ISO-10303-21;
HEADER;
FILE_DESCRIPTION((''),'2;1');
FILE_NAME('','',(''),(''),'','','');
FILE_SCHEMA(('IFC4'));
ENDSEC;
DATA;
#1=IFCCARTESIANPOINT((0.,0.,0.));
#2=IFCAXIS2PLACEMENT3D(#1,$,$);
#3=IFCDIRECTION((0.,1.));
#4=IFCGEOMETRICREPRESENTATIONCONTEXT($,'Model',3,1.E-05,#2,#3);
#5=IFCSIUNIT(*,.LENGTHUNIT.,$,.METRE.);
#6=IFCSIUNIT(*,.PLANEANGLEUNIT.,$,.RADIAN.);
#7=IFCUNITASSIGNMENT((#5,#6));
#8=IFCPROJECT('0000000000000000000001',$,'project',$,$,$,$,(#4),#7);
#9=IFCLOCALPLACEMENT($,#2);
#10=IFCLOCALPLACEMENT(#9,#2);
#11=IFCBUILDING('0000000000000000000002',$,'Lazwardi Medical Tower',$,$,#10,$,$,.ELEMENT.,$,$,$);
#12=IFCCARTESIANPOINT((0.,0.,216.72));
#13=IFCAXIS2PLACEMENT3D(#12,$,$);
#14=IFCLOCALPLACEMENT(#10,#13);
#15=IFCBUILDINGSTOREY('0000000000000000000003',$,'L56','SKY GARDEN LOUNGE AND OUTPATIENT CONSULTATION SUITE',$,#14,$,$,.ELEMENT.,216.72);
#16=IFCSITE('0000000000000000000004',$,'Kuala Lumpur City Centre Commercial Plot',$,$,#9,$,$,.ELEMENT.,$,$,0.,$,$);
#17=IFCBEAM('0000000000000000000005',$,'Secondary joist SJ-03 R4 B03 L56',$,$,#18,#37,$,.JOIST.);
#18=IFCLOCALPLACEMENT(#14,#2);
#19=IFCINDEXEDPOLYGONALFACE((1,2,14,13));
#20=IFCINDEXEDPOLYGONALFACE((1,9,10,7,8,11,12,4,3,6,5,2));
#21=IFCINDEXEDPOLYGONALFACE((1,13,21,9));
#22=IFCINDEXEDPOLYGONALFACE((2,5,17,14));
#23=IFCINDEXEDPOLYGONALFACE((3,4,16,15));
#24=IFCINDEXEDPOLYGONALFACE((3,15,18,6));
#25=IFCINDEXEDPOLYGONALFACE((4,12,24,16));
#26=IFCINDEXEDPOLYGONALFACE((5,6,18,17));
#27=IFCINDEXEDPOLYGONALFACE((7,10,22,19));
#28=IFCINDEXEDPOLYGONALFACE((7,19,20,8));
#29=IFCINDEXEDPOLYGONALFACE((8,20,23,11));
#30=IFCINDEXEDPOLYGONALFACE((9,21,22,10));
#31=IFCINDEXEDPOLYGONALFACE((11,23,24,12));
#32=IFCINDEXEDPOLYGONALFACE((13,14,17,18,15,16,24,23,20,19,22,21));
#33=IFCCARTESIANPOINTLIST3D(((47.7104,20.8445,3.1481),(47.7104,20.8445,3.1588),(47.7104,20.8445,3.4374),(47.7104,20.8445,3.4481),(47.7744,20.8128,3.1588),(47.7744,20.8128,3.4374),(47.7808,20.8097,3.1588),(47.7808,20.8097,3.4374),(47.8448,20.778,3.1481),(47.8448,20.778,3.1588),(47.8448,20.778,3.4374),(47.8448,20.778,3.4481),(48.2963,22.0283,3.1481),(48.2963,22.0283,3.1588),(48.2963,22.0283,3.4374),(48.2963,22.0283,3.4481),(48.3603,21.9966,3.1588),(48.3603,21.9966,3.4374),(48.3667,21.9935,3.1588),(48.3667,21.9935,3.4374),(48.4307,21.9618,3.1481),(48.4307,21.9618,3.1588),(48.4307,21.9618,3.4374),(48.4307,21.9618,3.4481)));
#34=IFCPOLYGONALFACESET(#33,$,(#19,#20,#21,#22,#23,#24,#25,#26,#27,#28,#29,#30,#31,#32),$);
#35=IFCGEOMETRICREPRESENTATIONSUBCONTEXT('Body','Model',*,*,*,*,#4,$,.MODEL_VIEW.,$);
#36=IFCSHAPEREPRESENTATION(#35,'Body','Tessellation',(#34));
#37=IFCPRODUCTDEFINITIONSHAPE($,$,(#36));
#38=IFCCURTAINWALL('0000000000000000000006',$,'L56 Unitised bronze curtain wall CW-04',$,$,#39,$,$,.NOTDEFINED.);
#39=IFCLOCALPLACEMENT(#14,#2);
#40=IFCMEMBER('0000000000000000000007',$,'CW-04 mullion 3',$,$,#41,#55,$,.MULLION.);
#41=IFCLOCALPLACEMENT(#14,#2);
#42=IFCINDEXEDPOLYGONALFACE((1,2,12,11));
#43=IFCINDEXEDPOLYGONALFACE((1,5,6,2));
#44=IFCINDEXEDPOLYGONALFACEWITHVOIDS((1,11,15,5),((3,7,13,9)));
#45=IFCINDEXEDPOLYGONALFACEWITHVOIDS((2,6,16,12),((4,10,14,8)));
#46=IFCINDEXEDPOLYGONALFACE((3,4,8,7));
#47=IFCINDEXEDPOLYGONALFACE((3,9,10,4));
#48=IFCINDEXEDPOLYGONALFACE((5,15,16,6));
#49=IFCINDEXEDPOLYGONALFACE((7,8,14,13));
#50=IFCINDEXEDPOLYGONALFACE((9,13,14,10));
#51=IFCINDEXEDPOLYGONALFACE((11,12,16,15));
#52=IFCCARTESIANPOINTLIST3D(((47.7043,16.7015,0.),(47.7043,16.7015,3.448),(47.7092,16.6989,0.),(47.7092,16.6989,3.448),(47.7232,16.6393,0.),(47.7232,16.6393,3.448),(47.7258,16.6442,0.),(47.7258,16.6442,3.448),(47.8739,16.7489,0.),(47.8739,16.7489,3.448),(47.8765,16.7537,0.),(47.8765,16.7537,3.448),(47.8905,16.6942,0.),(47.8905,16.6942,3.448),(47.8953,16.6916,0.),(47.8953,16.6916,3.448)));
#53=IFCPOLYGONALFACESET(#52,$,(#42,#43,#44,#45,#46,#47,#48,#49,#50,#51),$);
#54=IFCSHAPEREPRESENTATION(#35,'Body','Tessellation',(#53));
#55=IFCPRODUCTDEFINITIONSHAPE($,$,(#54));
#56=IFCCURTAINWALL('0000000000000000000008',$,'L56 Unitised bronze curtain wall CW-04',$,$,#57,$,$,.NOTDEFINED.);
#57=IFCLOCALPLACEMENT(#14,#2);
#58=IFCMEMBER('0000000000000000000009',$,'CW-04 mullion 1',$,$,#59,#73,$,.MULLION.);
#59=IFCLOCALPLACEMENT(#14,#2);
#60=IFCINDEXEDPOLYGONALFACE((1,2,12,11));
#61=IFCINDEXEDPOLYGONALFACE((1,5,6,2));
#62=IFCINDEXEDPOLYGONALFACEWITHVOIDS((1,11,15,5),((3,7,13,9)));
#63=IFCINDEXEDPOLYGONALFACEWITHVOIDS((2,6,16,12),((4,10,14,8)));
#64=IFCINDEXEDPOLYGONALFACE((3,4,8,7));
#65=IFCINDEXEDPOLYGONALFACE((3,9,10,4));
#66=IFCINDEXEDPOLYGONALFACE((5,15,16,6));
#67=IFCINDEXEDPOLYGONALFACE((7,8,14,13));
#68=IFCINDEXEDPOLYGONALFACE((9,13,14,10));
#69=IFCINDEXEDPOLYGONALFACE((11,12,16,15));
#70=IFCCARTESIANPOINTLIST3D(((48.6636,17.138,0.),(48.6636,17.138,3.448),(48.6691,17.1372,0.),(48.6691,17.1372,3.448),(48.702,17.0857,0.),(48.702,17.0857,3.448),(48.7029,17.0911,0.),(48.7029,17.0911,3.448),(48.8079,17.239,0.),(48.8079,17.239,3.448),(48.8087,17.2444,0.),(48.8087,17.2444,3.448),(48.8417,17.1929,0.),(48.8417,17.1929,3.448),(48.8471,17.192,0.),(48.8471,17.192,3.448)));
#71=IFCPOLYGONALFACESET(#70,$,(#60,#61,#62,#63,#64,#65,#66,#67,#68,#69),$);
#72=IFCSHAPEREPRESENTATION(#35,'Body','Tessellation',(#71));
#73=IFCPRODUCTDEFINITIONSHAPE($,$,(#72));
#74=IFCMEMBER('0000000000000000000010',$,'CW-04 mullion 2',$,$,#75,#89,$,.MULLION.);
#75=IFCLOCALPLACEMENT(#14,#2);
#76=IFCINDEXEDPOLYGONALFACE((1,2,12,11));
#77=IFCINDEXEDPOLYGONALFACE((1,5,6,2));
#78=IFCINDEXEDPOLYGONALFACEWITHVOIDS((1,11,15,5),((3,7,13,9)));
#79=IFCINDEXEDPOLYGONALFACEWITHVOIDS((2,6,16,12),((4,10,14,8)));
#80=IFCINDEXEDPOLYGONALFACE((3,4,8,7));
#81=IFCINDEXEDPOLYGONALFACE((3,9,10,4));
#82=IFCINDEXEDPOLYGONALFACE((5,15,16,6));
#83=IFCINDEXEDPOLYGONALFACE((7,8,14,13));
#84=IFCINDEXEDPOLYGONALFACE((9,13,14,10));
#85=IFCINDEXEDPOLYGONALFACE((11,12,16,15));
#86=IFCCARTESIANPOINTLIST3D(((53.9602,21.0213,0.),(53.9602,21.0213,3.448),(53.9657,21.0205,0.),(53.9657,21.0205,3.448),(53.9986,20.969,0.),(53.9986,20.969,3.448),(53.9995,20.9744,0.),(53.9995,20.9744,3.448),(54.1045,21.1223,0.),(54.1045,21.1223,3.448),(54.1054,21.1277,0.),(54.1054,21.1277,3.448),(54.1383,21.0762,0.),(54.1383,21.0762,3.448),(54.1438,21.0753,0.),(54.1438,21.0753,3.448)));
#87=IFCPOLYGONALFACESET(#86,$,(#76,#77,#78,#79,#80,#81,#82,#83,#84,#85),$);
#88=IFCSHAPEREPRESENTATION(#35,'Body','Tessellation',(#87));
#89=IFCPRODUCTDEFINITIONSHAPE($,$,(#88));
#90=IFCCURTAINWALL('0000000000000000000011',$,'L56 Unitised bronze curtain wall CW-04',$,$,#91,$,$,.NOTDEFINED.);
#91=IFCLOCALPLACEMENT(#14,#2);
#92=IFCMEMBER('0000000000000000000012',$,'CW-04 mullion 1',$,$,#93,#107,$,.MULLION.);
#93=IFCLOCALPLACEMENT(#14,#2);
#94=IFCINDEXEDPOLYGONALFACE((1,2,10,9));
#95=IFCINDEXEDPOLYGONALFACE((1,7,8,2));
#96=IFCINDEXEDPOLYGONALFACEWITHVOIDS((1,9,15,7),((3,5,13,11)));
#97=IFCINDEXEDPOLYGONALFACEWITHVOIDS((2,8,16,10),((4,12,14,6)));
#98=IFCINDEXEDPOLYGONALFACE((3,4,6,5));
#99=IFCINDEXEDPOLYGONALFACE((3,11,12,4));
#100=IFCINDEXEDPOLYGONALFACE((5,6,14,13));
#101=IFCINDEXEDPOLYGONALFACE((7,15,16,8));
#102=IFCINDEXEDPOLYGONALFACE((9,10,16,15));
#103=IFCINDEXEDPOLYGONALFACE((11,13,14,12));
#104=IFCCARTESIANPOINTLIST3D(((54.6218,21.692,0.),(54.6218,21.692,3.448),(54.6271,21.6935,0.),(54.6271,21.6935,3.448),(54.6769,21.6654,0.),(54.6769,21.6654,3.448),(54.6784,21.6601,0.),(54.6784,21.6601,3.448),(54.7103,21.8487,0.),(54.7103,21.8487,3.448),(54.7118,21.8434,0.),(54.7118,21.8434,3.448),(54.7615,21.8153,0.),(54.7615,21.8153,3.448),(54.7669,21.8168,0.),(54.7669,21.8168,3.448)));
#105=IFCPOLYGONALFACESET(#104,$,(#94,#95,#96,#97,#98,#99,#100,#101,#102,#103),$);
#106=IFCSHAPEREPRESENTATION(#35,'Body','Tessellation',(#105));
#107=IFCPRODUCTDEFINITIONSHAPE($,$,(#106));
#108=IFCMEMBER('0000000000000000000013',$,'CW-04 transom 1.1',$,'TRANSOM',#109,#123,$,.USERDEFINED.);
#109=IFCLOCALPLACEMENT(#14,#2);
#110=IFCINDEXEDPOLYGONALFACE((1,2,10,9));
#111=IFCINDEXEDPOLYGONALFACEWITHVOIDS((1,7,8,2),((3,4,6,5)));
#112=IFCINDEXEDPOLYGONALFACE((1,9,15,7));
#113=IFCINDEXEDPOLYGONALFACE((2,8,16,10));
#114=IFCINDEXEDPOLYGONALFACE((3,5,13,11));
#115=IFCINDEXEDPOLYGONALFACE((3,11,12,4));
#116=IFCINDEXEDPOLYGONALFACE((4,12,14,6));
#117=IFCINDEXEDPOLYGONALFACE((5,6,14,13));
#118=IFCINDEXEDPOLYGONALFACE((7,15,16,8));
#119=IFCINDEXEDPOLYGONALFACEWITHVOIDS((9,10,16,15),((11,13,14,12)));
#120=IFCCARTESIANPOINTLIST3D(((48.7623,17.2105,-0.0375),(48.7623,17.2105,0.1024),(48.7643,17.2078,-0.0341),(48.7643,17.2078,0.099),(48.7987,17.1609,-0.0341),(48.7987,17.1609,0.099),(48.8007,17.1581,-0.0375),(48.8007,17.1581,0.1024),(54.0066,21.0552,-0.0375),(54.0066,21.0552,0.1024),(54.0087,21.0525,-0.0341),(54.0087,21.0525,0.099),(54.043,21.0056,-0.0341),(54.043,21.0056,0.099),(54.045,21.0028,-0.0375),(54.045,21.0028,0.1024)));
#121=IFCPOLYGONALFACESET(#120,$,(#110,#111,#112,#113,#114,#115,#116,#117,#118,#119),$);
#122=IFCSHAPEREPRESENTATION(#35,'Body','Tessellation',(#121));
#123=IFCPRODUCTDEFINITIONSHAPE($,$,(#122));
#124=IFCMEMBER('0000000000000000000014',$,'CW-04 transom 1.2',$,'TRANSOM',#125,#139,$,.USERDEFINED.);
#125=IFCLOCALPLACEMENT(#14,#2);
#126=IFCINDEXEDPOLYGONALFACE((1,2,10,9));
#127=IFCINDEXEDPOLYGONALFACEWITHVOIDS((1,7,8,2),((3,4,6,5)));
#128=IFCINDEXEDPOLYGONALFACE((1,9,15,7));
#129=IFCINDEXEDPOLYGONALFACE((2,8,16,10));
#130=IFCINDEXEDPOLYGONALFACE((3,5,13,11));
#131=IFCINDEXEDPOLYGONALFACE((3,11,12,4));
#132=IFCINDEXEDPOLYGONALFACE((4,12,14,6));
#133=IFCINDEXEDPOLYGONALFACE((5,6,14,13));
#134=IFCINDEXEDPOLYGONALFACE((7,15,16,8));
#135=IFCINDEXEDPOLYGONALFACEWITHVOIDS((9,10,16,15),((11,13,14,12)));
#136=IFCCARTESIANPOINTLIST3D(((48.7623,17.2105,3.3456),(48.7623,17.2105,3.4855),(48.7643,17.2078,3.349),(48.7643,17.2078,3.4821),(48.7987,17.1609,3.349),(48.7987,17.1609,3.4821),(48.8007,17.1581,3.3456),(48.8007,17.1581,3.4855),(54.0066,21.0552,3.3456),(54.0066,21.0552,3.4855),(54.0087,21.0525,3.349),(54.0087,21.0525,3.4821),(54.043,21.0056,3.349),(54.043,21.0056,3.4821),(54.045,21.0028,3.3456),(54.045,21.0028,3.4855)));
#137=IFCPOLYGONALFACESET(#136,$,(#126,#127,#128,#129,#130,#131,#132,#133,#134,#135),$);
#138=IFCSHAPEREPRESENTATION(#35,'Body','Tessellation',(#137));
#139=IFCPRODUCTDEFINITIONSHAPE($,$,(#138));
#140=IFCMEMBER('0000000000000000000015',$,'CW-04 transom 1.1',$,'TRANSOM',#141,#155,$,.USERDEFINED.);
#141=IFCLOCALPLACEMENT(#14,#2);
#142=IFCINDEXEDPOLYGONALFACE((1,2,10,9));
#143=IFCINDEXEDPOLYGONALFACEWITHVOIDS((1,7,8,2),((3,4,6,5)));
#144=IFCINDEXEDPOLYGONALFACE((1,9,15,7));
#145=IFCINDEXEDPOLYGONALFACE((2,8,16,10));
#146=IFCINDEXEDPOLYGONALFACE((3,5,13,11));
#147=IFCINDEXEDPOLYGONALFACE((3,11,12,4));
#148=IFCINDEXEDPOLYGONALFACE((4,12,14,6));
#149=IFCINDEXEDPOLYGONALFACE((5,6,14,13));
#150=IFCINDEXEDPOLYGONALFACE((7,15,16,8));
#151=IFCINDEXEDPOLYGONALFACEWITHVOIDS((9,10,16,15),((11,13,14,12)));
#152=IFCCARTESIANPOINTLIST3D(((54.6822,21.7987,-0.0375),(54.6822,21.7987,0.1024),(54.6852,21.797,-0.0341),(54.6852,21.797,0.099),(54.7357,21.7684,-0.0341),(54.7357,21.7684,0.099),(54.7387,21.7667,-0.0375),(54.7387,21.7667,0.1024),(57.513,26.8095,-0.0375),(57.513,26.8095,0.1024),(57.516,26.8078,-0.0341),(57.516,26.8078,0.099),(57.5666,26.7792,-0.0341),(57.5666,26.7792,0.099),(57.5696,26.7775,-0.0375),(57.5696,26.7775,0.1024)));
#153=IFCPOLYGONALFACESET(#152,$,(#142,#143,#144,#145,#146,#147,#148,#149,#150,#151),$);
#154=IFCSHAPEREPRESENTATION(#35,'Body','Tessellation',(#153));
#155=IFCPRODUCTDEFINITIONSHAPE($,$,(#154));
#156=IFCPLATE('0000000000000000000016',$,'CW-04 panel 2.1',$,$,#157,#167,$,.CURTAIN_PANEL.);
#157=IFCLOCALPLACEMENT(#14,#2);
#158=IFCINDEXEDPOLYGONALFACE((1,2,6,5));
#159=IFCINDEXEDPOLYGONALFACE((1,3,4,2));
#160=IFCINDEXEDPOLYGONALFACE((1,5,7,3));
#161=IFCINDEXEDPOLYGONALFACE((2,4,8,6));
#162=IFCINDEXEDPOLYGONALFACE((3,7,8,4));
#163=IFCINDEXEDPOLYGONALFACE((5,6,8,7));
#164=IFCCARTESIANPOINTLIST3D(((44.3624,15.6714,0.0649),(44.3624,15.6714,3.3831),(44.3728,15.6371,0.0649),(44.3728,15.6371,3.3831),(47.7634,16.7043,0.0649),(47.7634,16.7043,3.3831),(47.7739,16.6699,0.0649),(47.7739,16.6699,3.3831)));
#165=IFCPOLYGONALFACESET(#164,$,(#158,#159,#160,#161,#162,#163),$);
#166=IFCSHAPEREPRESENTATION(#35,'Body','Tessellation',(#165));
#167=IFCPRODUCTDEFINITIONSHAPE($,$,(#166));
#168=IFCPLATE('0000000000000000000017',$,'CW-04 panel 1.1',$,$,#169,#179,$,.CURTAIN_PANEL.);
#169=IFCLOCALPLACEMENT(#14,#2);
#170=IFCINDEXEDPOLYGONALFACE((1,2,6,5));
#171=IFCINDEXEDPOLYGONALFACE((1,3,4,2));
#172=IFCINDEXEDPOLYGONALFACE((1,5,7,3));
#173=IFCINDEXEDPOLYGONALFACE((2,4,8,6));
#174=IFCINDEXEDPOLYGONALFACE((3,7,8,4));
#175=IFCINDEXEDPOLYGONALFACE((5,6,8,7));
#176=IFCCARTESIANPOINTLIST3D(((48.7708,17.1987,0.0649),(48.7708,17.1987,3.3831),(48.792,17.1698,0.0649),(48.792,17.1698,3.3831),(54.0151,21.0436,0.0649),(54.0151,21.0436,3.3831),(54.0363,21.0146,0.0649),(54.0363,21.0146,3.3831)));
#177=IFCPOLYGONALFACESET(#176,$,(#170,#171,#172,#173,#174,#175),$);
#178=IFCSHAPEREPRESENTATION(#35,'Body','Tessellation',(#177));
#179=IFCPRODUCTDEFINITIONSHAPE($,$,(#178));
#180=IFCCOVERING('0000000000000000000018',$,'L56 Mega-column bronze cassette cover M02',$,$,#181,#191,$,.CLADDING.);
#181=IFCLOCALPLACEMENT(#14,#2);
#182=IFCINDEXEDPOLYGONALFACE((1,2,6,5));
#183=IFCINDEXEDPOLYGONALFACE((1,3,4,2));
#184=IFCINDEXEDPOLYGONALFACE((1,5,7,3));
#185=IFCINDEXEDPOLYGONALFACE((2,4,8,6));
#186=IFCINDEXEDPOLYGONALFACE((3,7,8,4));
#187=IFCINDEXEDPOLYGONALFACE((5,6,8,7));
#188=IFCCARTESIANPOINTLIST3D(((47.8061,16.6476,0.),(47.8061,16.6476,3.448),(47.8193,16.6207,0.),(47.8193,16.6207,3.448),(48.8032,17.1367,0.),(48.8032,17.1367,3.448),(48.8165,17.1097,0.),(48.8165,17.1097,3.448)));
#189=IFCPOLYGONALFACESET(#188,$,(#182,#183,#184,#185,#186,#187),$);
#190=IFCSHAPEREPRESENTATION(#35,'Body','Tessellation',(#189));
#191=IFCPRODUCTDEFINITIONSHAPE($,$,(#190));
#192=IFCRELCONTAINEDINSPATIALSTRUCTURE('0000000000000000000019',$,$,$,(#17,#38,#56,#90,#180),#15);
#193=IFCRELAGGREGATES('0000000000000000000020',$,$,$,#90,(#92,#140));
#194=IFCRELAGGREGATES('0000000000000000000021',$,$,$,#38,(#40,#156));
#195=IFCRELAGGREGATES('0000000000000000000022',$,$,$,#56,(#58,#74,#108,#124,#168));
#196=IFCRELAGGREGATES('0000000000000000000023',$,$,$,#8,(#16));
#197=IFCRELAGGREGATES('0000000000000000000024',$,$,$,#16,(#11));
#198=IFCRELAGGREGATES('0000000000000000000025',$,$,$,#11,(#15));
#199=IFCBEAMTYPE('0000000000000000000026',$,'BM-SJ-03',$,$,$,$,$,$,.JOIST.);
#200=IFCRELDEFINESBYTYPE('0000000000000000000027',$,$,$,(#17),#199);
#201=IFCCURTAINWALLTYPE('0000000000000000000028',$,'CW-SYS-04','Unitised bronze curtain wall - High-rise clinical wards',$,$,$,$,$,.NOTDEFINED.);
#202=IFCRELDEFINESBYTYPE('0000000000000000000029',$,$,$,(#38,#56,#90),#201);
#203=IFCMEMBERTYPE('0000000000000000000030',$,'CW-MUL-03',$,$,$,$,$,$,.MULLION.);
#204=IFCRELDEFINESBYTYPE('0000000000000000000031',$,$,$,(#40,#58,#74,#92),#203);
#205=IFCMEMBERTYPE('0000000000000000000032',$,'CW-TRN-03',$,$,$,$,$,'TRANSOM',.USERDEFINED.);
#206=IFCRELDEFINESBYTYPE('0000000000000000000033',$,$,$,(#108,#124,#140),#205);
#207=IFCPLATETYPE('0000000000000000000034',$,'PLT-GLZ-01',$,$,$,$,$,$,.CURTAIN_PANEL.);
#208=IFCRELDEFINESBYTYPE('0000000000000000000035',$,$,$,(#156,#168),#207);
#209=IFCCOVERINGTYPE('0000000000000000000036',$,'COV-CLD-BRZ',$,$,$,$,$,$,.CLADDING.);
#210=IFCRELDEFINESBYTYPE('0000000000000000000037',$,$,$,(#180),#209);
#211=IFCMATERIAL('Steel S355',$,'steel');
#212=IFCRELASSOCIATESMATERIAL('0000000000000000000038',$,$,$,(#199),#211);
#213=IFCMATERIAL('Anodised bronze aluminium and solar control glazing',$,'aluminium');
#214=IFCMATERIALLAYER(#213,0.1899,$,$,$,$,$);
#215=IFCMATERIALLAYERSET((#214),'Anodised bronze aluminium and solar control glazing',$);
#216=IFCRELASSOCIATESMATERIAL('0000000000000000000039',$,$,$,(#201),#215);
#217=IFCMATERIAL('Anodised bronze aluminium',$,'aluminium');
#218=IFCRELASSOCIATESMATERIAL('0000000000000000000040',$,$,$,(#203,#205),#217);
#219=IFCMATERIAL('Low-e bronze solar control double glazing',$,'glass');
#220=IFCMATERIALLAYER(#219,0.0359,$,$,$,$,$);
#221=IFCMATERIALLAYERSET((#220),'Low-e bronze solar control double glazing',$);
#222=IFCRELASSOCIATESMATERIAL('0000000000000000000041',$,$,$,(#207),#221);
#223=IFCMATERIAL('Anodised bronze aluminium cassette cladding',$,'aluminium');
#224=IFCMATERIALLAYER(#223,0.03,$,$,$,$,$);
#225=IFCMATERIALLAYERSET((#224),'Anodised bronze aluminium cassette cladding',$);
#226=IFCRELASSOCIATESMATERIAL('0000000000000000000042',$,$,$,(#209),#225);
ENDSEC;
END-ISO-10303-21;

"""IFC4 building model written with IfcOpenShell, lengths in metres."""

from ifc_helpers import new_model, si_unit, direction, frame, origin, origin_2d, place, context, subcontext, project, spatial, rectangle, hollow_rectangle, i_section, extrude, material, layer, layer_set, material_profile, profile_set, type_object, element, aggregate, save


model = new_model("IFC4")

# Units and contexts
model_context = context("Model", 3, precision=1e-05, world=origin(), true_north=direction((0.0, 1.0)))
body_context = subcontext(model_context, "Body", "Model", "MODEL_VIEW")
ifc_project = project(units=[si_unit("LENGTHUNIT", "METRE"), si_unit("PLANEANGLEUNIT", "RADIAN")], contexts=[model_context])

# Site, building, storey
site_placement = place(None, origin())
site = spatial("IfcSite", under=ifc_project, at=site_placement, Name="Kuala Lumpur City Centre Commercial Plot", CompositionType="ELEMENT", RefElevation=0.0)
building_placement = place(site_placement, origin())
building = spatial("IfcBuilding", under=site, at=building_placement, Name="Lazwardi Medical Tower", CompositionType="ELEMENT")
storey_placement = place(building_placement, frame((0.0, 0.0, 216.72)))
storey = spatial("IfcBuildingStorey", under=building, at=storey_placement, Name="L56", Description="SKY GARDEN LOUNGE AND OUTPATIENT CONSULTATION SUITE", CompositionType="ELEMENT", Elevation=216.72)

# Beam
ifc_material_1 = material(Name="Steel S355", Category="steel")
ifc_material_profile_1 = material_profile(ifc_material_1, i_section(OverallWidth=0.1499, OverallDepth=0.3, WebThickness=0.0071, FlangeThickness=0.0107, at=origin_2d()), Name="IPE 300")
ifc_profile_set_1 = profile_set([ifc_material_profile_1], Name="Steel S355")
beam_type_1 = type_object("IfcBeamType", Name="BM-SJ-03", PredefinedType="JOIST", material=ifc_profile_set_1)
beam_1_placement = place(storey_placement, frame((47.7776, 20.8113, 3.2981), z_axis=(0.443587, 0.896231, 0.0), x_axis=(-0.896231, 0.443587, 0.0)))
element("IfcBeam", 1, at=beam_1_placement, inside=storey, type_object=beam_type_1, Name="Secondary joist SJ-03 R4 B03 L56", PredefinedType="JOIST", context=body_context, shape_type="SweptSolid", body=[
    extrude(i_section(OverallWidth=0.1499, OverallDepth=0.3, WebThickness=0.0071, FlangeThickness=0.0107, at=origin_2d()), origin(), (0.0, 0.0, 1.0), 1.3208),
])

# Curtain wall, member
ifc_material_2 = material(Name="Anodised bronze aluminium and solar control glazing", Category="aluminium")
ifc_layer_1 = layer(ifc_material_2, 0.1899)
ifc_layer_set_1 = layer_set([ifc_layer_1], Name="Anodised bronze aluminium and solar control glazing")
curtain_wall_type = type_object("IfcCurtainWallType", Name="CW-SYS-04", Description="Unitised bronze curtain wall - High-rise clinical wards", PredefinedType="NOTDEFINED", material=ifc_layer_set_1)
curtain_wall_1_placement = place(storey_placement, origin())
curtain_wall_1 = element("IfcCurtainWall", 2, at=curtain_wall_1_placement, inside=storey, type_object=curtain_wall_type, Name="L56 Unitised bronze curtain wall CW-04", PredefinedType="NOTDEFINED")
ifc_material_3 = material(Name="Anodised bronze aluminium", Category="aluminium")
ifc_material_profile_2 = material_profile(ifc_material_3, hollow_rectangle(XDim=0.0649, YDim=0.1799, WallThickness=0.0039, at=origin_2d()), Name="ALU-MULLION 180x65x4")
ifc_profile_set_2 = profile_set([ifc_material_profile_2], Name="Anodised bronze aluminium")
member_type_1 = type_object("IfcMemberType", Name="CW-MUL-03", PredefinedType="MULLION", material=ifc_profile_set_2)
member_1_placement = place(storey_placement, frame((47.7998, 16.6965, 0.0), z_axis=(0.0, 0.0, 1.0), x_axis=(-0.290582, 0.95685, 0.0)))
member_1 = element("IfcMember", 3, at=member_1_placement, type_object=member_type_1, Name="CW-04 mullion 3", PredefinedType="MULLION", context=body_context, shape_type="SweptSolid", body=[
    extrude(hollow_rectangle(XDim=0.0649, YDim=0.1799, WallThickness=0.0039, at=origin_2d()), origin(), (0.0, 0.0, 1.0), 3.448),
])

# Curtain wall, members
curtain_wall_2_placement = place(storey_placement, origin())
curtain_wall_2 = element("IfcCurtainWall", 4, at=curtain_wall_2_placement, inside=storey, type_object=curtain_wall_type, Name="L56 Unitised bronze curtain wall CW-04", PredefinedType="NOTDEFINED")
member_2_placement = place(storey_placement, frame((48.7554, 17.165, 0.0), z_axis=(0.0, 0.0, 1.0), x_axis=(-0.591268, 0.806475, 0.0)))
member_2 = element("IfcMember", 5, at=member_2_placement, type_object=member_type_1, Name="CW-04 mullion 1", PredefinedType="MULLION", context=body_context, shape_type="SweptSolid", body=[
    extrude(hollow_rectangle(XDim=0.0649, YDim=0.1799, WallThickness=0.0039, at=origin_2d()), origin(), (0.0, 0.0, 1.0), 3.448),
])
member_3_placement = place(storey_placement, frame((54.052, 21.0483, 0.0), z_axis=(0.0, 0.0, 1.0), x_axis=(-0.591268, 0.806475, 0.0)))
member_3 = element("IfcMember", 6, at=member_3_placement, type_object=member_type_1, Name="CW-04 mullion 2", PredefinedType="MULLION", context=body_context, shape_type="SweptSolid", body=[
    extrude(hollow_rectangle(XDim=0.0649, YDim=0.1799, WallThickness=0.0039, at=origin_2d()), origin(), (0.0, 0.0, 1.0), 3.448),
])

# Curtain wall, member
curtain_wall_3_placement = place(storey_placement, origin())
curtain_wall_3 = element("IfcCurtainWall", 7, at=curtain_wall_3_placement, inside=storey, type_object=curtain_wall_type, Name="L56 Unitised bronze curtain wall CW-04", PredefinedType="NOTDEFINED")
member_4_placement = place(storey_placement, frame((54.6943, 21.7544, 0.0), z_axis=(0.0, 0.0, 1.0), x_axis=(-0.870651, 0.4919, 0.0)))
member_4 = element("IfcMember", 8, at=member_4_placement, type_object=member_type_1, Name="CW-04 mullion 1", PredefinedType="MULLION", context=body_context, shape_type="SweptSolid", body=[
    extrude(hollow_rectangle(XDim=0.0649, YDim=0.1799, WallThickness=0.0039, at=origin_2d()), origin(), (0.0, 0.0, 1.0), 3.448),
])

# Members
ifc_material_profile_3 = material_profile(ifc_material_3, hollow_rectangle(XDim=0.0649, YDim=0.1399, WallThickness=0.0034, at=origin_2d()), Name="ALU-TRANSOM 140x65x3.5")
ifc_profile_set_3 = profile_set([ifc_material_profile_3], Name="Anodised bronze aluminium")
member_type_2 = type_object("IfcMemberType", Name="CW-TRN-03", ElementType="TRANSOM", PredefinedType="USERDEFINED", material=ifc_profile_set_3)
member_5_placement = place(storey_placement, frame((48.7815, 17.1843, 0.0325), z_axis=(0.80649, 0.591248, 0.0), x_axis=(-0.591248, 0.80649, 0.0)))
member_5 = element("IfcMember", 9, at=member_5_placement, type_object=member_type_2, Name="CW-04 transom 1.1", ObjectType="TRANSOM", PredefinedType="USERDEFINED", context=body_context, shape_type="SweptSolid", body=[
    extrude(hollow_rectangle(XDim=0.0649, YDim=0.1399, WallThickness=0.0034, at=origin_2d()), origin(), (0.0, 0.0, 1.0), 6.5027),
])
member_6_placement = place(storey_placement, frame((48.7815, 17.1843, 3.4155), z_axis=(0.80649, 0.591248, 0.0), x_axis=(-0.591248, 0.80649, 0.0)))
member_6 = element("IfcMember", 10, at=member_6_placement, type_object=member_type_2, Name="CW-04 transom 1.2", ObjectType="TRANSOM", PredefinedType="USERDEFINED", context=body_context, shape_type="SweptSolid", body=[
    extrude(hollow_rectangle(XDim=0.0649, YDim=0.1399, WallThickness=0.0034, at=origin_2d()), origin(), (0.0, 0.0, 1.0), 6.5027),
])
member_7_placement = place(storey_placement, frame((54.7104, 21.7827, 0.0325), z_axis=(0.49188, 0.870663, 0.0), x_axis=(-0.870663, 0.49188, 0.0)))
member_7 = element("IfcMember", 11, at=member_7_placement, type_object=member_type_2, Name="CW-04 transom 1.1", ObjectType="TRANSOM", PredefinedType="USERDEFINED", context=body_context, shape_type="SweptSolid", body=[
    extrude(hollow_rectangle(XDim=0.0649, YDim=0.1399, WallThickness=0.0034, at=origin_2d()), origin(), (0.0, 0.0, 1.0), 5.7551),
])
aggregate(curtain_wall_3, [member_4, member_7])

# Plates
ifc_material_4 = material(Name="Low-e bronze solar control double glazing", Category="glass")
ifc_layer_2 = layer(ifc_material_4, 0.0359)
ifc_layer_set_2 = layer_set([ifc_layer_2], Name="Low-e bronze solar control double glazing")
plate_type = type_object("IfcPlateType", Name="PLT-GLZ-01", PredefinedType="CURTAIN_PANEL", material=ifc_layer_set_2)
plate_1_placement = place(storey_placement, frame((46.0681, 16.1707, 0.0649), z_axis=(0.0, 0.0, 1.0), x_axis=(0.95685, 0.290582, 0.0)))
plate_1 = element("IfcPlate", 12, at=plate_1_placement, type_object=plate_type, Name="CW-04 panel 2.1", PredefinedType="CURTAIN_PANEL", context=body_context, shape_type="SweptSolid", body=[
    extrude(rectangle(XDim=3.5544, YDim=0.0359, at=origin_2d()), origin(), (0.0, 0.0, 1.0), 3.3181),
])
aggregate(curtain_wall_1, [member_1, plate_1])
plate_2_placement = place(storey_placement, frame((51.4036, 19.1067, 0.0649), z_axis=(0.0, 0.0, 1.0), x_axis=(0.806475, 0.591268, 0.0)))
plate_2 = element("IfcPlate", 13, at=plate_2_placement, type_object=plate_type, Name="CW-04 panel 1.1", PredefinedType="CURTAIN_PANEL", context=body_context, shape_type="SweptSolid", body=[
    extrude(rectangle(XDim=6.5027, YDim=0.0359, at=origin_2d()), origin(), (0.0, 0.0, 1.0), 3.3181),
])
aggregate(curtain_wall_2, [member_2, member_3, member_5, member_6, plate_2])

# Covering
ifc_material_5 = material(Name="Anodised bronze aluminium cassette cladding", Category="aluminium")
ifc_layer_3 = layer(ifc_material_5, 0.03)
ifc_layer_set_3 = layer_set([ifc_layer_3], Name="Anodised bronze aluminium cassette cladding")
covering_type = type_object("IfcCoveringType", Name="COV-CLD-BRZ", PredefinedType="CLADDING", material=ifc_layer_set_3)
covering_1_placement = place(storey_placement, frame((48.3113, 16.8787, 0.0), z_axis=(0.0, 0.0, 1.0), x_axis=(0.89784, 0.440322, 0.0)))
element("IfcCovering", 14, at=covering_1_placement, inside=storey, type_object=covering_type, Name="L56 Mega-column bronze cassette cover M02", PredefinedType="CLADDING", context=body_context, shape_type="SweptSolid", body=[
    extrude(rectangle(XDim=1.1106, YDim=0.03, at=origin_2d()), origin(), (0.0, 0.0, 1.0), 3.448),
])

save(model, "model.ifc")
